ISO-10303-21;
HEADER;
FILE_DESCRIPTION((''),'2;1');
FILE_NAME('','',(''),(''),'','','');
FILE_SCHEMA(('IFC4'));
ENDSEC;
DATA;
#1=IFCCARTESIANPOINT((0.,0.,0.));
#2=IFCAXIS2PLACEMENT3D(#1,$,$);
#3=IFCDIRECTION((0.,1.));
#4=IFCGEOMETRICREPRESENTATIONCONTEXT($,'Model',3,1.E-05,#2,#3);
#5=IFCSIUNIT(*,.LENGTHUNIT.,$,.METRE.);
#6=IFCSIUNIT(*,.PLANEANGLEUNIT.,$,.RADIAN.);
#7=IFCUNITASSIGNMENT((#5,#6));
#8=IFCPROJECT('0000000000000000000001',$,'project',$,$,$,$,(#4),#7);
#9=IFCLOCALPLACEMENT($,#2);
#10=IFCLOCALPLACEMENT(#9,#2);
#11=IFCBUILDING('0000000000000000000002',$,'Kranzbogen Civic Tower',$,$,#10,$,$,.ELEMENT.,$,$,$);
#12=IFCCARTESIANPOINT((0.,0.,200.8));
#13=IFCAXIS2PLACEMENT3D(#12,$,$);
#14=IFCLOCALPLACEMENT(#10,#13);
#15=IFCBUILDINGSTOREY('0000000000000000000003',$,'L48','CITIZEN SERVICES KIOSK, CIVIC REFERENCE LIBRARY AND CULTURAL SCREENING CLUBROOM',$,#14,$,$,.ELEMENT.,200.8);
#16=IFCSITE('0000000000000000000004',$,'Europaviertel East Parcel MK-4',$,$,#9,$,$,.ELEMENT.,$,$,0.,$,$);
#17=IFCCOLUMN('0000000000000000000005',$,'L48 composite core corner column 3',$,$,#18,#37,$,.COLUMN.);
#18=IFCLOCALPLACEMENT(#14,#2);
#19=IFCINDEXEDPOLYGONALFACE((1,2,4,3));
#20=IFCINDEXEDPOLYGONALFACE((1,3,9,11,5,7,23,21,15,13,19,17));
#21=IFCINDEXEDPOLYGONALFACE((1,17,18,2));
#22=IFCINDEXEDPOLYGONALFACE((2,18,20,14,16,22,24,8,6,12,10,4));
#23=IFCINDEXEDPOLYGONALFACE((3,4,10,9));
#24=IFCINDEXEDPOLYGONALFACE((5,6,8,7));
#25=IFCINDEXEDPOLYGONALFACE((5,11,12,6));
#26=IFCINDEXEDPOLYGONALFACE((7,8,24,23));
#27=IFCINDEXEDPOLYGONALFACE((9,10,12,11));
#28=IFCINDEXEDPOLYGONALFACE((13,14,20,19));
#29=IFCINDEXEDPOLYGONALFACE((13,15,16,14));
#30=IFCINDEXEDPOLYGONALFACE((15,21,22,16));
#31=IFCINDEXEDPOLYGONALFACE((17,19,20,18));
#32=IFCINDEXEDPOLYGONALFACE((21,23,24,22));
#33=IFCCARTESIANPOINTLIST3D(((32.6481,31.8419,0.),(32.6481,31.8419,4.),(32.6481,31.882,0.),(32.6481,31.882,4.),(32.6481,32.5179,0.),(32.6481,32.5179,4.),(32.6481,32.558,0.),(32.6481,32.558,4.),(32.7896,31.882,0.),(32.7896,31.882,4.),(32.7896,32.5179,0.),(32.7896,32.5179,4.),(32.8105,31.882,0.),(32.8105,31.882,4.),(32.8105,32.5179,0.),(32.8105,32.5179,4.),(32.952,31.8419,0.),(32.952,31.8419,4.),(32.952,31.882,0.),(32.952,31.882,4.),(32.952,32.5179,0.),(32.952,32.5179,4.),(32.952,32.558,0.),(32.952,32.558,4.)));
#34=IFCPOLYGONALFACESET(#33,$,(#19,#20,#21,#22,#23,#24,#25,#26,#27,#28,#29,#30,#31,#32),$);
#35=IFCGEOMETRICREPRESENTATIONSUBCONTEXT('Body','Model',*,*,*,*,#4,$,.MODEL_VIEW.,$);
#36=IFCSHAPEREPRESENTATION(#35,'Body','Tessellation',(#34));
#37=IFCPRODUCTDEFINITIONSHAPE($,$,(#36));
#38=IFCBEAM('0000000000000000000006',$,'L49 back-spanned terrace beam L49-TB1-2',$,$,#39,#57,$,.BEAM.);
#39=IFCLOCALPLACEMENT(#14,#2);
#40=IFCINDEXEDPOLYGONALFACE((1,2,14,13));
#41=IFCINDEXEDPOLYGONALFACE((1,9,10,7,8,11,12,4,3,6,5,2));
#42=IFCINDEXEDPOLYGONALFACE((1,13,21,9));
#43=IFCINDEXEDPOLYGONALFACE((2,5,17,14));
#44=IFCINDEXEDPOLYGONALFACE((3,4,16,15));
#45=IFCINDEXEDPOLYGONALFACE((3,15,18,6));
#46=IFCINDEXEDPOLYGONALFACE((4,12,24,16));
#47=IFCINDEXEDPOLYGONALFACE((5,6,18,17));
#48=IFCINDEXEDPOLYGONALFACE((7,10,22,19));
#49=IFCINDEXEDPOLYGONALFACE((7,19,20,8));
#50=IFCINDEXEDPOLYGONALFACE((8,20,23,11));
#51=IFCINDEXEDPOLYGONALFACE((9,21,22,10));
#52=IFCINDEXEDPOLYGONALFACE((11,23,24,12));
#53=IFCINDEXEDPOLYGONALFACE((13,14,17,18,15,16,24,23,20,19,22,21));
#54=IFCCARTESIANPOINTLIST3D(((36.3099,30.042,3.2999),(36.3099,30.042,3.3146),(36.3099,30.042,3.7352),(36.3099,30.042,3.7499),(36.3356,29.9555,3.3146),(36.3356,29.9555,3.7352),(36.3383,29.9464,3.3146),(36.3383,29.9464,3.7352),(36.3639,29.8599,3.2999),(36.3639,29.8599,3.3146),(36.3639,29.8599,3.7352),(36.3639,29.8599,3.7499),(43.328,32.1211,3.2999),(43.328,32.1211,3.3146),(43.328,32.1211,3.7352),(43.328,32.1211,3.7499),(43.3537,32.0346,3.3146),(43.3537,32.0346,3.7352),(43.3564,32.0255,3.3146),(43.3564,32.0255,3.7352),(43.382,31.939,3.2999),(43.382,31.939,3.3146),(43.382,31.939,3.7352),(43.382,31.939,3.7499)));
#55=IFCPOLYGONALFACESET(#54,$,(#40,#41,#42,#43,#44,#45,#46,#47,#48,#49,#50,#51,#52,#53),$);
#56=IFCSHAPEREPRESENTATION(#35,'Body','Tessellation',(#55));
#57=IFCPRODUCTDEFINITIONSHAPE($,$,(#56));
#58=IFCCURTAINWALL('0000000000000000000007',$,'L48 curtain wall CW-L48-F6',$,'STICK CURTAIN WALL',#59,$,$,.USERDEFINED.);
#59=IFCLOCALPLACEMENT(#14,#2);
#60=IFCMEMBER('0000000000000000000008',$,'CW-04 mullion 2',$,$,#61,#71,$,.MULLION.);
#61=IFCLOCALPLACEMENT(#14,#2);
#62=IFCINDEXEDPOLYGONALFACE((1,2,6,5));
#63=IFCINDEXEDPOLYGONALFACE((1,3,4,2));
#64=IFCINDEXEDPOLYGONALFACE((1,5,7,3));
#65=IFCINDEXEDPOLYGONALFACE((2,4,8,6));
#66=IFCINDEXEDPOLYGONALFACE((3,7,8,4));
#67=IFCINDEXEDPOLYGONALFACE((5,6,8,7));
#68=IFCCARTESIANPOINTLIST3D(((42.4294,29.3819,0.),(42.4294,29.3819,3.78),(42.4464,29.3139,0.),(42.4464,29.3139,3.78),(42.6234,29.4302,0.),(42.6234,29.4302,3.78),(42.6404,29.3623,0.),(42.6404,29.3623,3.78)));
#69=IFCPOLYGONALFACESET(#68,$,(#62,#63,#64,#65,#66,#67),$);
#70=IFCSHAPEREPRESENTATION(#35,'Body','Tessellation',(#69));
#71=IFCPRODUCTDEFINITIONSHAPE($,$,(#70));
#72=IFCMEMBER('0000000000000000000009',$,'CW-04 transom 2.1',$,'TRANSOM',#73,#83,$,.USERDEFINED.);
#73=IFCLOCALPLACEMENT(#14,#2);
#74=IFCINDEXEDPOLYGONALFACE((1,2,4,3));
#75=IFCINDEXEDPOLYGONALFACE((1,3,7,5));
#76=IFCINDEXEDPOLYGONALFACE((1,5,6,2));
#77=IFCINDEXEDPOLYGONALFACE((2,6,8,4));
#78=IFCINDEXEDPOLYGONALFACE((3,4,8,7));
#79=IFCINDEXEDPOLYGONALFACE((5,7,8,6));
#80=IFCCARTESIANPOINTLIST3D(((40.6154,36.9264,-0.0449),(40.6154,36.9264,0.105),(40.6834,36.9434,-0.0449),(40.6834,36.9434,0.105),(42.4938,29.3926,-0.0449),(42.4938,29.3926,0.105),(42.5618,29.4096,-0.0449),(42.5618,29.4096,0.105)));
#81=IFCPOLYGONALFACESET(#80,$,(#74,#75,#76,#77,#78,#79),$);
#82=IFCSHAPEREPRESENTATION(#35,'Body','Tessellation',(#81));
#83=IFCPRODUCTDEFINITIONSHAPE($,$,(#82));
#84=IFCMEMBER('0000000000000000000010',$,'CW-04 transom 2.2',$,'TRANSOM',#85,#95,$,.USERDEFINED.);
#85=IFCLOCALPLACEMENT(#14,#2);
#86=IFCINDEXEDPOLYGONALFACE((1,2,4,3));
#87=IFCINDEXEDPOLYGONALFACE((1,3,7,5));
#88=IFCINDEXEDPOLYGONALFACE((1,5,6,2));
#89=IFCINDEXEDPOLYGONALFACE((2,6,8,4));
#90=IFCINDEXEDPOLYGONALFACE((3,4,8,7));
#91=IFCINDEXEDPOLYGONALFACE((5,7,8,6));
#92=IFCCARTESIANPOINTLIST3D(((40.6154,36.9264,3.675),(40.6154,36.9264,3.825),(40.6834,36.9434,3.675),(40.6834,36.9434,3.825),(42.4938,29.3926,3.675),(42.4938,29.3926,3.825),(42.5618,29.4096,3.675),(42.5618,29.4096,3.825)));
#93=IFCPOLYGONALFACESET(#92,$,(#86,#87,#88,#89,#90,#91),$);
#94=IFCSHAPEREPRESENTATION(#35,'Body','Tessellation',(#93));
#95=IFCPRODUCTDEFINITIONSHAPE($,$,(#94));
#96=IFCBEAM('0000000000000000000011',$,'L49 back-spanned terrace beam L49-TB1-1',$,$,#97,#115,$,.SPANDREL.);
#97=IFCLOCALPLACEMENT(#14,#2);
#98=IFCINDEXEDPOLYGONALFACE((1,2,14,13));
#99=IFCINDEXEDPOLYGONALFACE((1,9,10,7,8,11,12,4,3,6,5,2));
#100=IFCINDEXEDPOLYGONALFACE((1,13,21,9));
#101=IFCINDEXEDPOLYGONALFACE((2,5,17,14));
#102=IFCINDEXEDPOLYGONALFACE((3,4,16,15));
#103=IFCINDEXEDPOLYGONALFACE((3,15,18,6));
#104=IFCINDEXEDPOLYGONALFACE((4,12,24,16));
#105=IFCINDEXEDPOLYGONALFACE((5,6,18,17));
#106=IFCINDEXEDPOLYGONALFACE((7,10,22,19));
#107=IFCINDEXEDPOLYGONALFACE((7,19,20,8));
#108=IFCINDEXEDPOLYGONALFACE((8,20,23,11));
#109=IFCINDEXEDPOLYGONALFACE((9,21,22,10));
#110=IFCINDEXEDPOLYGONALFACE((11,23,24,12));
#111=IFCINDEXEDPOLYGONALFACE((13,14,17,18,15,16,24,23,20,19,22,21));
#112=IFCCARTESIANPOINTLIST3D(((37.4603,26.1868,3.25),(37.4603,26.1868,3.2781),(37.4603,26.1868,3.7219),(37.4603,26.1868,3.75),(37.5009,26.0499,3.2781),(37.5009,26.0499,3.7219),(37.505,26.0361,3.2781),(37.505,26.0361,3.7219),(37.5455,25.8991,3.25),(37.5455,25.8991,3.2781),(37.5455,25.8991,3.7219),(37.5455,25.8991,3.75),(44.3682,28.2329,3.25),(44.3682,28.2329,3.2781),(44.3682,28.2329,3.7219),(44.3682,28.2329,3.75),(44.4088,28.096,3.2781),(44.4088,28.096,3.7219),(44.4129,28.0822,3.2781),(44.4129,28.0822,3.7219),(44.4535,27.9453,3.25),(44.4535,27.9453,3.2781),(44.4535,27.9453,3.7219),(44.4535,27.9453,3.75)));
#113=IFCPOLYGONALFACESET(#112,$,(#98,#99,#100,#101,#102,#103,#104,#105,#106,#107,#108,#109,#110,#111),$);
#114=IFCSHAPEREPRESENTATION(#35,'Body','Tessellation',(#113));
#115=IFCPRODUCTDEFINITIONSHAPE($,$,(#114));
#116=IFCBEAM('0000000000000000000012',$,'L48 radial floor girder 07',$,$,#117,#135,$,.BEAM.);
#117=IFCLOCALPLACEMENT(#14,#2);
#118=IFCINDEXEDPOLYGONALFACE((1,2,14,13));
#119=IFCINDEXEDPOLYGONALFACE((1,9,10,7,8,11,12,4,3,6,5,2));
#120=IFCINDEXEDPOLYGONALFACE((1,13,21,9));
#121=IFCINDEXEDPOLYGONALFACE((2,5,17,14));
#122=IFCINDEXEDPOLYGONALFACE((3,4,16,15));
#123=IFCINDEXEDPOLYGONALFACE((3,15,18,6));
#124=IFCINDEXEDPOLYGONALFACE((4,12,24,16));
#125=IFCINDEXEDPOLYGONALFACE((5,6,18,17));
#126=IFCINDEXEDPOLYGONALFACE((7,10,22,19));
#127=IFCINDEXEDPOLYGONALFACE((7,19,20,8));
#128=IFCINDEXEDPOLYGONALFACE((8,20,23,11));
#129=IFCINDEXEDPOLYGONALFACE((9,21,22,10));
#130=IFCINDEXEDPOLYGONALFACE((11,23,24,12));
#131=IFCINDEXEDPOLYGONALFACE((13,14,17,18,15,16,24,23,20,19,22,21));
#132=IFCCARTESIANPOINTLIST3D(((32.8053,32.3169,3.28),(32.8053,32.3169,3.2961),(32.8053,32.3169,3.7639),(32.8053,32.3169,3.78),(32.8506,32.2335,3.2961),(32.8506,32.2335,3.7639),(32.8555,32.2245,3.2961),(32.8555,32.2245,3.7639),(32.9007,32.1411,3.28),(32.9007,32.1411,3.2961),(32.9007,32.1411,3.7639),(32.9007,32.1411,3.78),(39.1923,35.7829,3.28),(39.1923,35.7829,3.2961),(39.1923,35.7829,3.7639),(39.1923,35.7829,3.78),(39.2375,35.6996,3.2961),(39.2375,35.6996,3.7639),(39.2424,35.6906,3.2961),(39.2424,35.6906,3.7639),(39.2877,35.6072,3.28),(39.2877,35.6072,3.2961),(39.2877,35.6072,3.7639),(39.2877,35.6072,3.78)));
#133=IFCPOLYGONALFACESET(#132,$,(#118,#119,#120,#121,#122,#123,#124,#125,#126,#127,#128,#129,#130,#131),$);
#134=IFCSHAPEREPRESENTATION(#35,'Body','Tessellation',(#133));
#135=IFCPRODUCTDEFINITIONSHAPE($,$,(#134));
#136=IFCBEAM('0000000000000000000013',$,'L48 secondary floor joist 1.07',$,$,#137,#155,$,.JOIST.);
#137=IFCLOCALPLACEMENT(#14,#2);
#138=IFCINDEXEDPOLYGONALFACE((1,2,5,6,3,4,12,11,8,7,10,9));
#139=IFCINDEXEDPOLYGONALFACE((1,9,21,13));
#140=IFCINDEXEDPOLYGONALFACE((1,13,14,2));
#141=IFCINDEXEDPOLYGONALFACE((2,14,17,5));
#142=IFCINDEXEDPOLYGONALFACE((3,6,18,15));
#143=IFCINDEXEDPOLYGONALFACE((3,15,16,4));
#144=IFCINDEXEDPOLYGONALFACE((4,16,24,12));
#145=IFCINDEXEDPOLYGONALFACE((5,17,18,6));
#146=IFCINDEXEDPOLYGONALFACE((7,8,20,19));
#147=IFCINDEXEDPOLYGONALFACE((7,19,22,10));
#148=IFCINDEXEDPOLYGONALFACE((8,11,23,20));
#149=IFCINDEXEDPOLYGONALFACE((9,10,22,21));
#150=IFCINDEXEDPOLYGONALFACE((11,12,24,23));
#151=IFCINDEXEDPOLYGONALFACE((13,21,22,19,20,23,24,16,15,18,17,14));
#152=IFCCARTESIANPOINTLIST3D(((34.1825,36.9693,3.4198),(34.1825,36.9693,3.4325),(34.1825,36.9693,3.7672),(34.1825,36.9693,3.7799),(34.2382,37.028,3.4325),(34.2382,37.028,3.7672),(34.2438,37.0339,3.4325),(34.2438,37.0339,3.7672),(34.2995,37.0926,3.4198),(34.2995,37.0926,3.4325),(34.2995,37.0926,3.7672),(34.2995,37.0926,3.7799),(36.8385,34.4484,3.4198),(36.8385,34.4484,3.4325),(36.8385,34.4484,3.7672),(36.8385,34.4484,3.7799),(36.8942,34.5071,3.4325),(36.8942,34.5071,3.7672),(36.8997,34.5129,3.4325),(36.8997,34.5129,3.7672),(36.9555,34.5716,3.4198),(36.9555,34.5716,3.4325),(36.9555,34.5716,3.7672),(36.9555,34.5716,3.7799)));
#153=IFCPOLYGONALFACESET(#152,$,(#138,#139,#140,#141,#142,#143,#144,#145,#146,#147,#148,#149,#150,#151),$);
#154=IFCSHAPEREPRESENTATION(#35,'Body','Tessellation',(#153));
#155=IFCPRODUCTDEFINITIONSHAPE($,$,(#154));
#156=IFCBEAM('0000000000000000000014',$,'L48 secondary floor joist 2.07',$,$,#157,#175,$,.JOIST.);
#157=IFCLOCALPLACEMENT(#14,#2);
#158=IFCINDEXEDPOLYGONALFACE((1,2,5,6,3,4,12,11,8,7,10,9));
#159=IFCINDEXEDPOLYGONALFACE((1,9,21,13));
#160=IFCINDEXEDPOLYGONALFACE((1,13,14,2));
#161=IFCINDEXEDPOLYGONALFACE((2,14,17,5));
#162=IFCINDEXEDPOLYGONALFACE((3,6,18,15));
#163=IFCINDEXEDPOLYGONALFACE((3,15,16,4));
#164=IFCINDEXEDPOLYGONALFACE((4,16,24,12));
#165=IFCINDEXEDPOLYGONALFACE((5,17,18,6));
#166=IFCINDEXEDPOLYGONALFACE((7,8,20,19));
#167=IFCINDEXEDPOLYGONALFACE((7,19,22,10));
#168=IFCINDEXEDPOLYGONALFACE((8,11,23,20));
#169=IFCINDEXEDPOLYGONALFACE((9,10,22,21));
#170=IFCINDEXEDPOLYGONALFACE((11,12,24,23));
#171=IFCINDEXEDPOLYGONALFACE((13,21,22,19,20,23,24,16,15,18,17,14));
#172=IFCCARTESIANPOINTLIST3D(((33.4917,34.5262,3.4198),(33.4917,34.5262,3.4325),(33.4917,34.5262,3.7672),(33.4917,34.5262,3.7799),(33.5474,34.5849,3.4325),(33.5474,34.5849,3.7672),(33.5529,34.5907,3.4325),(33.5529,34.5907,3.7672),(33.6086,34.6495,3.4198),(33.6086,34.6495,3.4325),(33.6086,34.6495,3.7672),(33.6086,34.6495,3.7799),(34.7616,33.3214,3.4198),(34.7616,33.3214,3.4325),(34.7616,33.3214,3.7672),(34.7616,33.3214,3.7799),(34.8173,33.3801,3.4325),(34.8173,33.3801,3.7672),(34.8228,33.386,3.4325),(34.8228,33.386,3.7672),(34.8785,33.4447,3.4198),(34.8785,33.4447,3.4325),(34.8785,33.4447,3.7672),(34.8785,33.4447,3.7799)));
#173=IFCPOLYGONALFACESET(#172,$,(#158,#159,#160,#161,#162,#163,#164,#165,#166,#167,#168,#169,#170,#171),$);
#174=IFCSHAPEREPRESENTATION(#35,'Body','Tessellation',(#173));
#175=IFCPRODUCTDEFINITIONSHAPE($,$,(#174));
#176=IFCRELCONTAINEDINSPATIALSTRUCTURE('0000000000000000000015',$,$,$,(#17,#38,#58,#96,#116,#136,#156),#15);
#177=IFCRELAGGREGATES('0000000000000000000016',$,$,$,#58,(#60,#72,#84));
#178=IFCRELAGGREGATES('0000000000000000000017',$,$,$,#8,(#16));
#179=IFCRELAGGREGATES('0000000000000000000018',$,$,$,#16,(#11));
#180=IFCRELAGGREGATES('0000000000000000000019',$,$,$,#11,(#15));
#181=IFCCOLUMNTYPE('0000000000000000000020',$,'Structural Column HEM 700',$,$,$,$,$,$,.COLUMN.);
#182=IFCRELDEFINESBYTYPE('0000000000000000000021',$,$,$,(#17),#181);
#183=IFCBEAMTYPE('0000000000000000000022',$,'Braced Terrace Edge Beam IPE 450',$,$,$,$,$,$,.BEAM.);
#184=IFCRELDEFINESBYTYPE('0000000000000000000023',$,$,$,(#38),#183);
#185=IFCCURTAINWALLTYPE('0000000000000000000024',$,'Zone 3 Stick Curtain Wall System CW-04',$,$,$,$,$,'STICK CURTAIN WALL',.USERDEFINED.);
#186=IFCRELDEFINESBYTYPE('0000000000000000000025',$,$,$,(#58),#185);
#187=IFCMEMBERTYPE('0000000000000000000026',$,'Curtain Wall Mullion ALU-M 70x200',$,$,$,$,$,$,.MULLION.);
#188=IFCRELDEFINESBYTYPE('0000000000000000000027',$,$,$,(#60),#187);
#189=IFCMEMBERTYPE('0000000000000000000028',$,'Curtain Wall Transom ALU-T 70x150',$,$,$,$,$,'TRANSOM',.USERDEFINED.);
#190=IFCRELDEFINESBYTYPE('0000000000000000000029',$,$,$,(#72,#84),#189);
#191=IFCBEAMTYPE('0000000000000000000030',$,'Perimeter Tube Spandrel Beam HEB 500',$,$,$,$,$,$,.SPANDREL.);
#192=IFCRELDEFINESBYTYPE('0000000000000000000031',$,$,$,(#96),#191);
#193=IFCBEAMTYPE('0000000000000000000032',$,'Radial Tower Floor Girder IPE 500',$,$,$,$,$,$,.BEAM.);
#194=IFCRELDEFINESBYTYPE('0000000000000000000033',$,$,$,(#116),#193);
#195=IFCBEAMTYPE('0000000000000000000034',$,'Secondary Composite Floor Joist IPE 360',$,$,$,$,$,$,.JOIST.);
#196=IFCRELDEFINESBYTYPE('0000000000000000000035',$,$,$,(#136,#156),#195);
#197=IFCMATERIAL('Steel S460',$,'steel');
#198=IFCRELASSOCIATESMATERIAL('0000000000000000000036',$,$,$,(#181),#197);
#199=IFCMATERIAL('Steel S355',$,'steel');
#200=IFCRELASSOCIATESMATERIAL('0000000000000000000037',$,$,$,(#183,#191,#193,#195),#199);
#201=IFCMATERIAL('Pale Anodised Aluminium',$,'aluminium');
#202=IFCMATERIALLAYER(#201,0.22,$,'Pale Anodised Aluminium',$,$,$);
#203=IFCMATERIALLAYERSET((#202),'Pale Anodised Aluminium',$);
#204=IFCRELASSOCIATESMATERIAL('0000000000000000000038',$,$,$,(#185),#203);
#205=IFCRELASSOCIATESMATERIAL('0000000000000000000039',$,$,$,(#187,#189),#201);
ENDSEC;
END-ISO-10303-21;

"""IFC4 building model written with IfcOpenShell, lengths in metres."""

from ifc_helpers import new_model, si_unit, direction, frame, origin, origin_2d, place, context, subcontext, project, spatial, rectangle, i_section, extrude, material, layer, layer_set, material_profile, profile_set, type_object, element, aggregate, save


model = new_model("IFC4")

# Units and contexts
model_context = context("Model", 3, precision=1e-05, world=origin(), true_north=direction((0.0, 1.0)))
body_context = subcontext(model_context, "Body", "Model", "MODEL_VIEW")
ifc_project = project(units=[si_unit("LENGTHUNIT", "METRE"), si_unit("PLANEANGLEUNIT", "RADIAN")], contexts=[model_context])

# Site, building, storey
site_placement = place(None, origin())
site = spatial("IfcSite", under=ifc_project, at=site_placement, Name="Europaviertel East Parcel MK-4", CompositionType="ELEMENT", RefElevation=0.0)
building_placement = place(site_placement, origin())
building = spatial("IfcBuilding", under=site, at=building_placement, Name="Kranzbogen Civic Tower", CompositionType="ELEMENT")
storey_placement = place(building_placement, frame((0.0, 0.0, 200.8)))
storey = spatial("IfcBuildingStorey", under=building, at=storey_placement, Name="L48", Description="CITIZEN SERVICES KIOSK, CIVIC REFERENCE LIBRARY AND CULTURAL SCREENING CLUBROOM", CompositionType="ELEMENT", Elevation=200.8)

# Column
ifc_material_1 = material(Name="Steel S460", Category="steel")
ifc_material_profile_1 = material_profile(ifc_material_1, i_section(OverallWidth=0.304, OverallDepth=0.7161, WebThickness=0.021, FlangeThickness=0.04, at=origin_2d()), Name="HEM 700")
ifc_profile_set_1 = profile_set([ifc_material_profile_1], Name="Steel S460")
column_type = type_object("IfcColumnType", Name="Structural Column HEM 700", PredefinedType="COLUMN", material=ifc_profile_set_1)
column_placement = place(storey_placement, frame((32.8, 32.2, 0.0), z_axis=(0.0, 0.0, 1.0), x_axis=(1.0, 0.0, 0.0)))
element("IfcColumn", 1, at=column_placement, inside=storey, type_object=column_type, Name="L48 composite core corner column 3", PredefinedType="COLUMN", context=body_context, shape_type="SweptSolid", body=[
    extrude(i_section(OverallWidth=0.304, OverallDepth=0.7161, WebThickness=0.021, FlangeThickness=0.04, at=origin_2d()), origin(), (0.0, 0.0, 1.0), 4.0),
])

# Beam
ifc_material_2 = material(Name="Steel S355", Category="steel")
ifc_material_profile_2 = material_profile(ifc_material_2, i_section(OverallWidth=0.1899, OverallDepth=0.45, WebThickness=0.0095, FlangeThickness=0.0146, at=origin_2d()), Name="IPE 450")
ifc_profile_set_2 = profile_set([ifc_material_profile_2], Name="Steel S355")
beam_type_1 = type_object("IfcBeamType", Name="Braced Terrace Edge Beam IPE 450", PredefinedType="BEAM", material=ifc_profile_set_2)
beam_1_placement = place(storey_placement, frame((36.3369, 29.9509, 3.5249), z_axis=(0.95881, 0.284047, 0.0), x_axis=(-0.284047, 0.95881, 0.0)))
element("IfcBeam", 2, at=beam_1_placement, inside=storey, type_object=beam_type_1, Name="L49 back-spanned terrace beam L49-TB1-2", PredefinedType="BEAM", context=body_context, shape_type="SweptSolid", body=[
    extrude(i_section(OverallWidth=0.1899, OverallDepth=0.45, WebThickness=0.0095, FlangeThickness=0.0146, at=origin_2d()), origin(), (0.0, 0.0, 1.0), 7.3196),
])

# Curtain wall, members
ifc_material_3 = material(Name="Pale Anodised Aluminium", Category="aluminium")
ifc_layer_1 = layer(ifc_material_3, 0.22, Name="Pale Anodised Aluminium")
ifc_layer_set_1 = layer_set([ifc_layer_1], Name="Pale Anodised Aluminium")
curtain_wall_type = type_object("IfcCurtainWallType", Name="Zone 3 Stick Curtain Wall System CW-04", ElementType="STICK CURTAIN WALL", PredefinedType="USERDEFINED", material=ifc_layer_set_1)
curtain_wall_placement = place(storey_placement, origin())
curtain_wall = element("IfcCurtainWall", 3, at=curtain_wall_placement, inside=storey, type_object=curtain_wall_type, Name="L48 curtain wall CW-L48-F6", ObjectType="STICK CURTAIN WALL", PredefinedType="USERDEFINED")
ifc_material_profile_3 = material_profile(ifc_material_3, rectangle(XDim=0.0701, YDim=0.2, at=origin_2d()), Name="ALU-M 70x200")
ifc_profile_set_3 = profile_set([ifc_material_profile_3], Name="Pale Anodised Aluminium")
member_type_1 = type_object("IfcMemberType", Name="Curtain Wall Mullion ALU-M 70x200", PredefinedType="MULLION", material=ifc_profile_set_3)
member_1_placement = place(storey_placement, frame((42.5349, 29.3721, 0.0), z_axis=(0.0, 0.0, 1.0), x_axis=(-0.241906, 0.9703, 0.0)))
member_1 = element("IfcMember", 4, at=member_1_placement, type_object=member_type_1, Name="CW-04 mullion 2", PredefinedType="MULLION", context=body_context, shape_type="SweptSolid", body=[
    extrude(rectangle(XDim=0.0701, YDim=0.2, at=origin_2d()), origin(), (0.0, 0.0, 1.0), 3.78),
])
ifc_material_profile_4 = material_profile(ifc_material_3, rectangle(XDim=0.0701, YDim=0.1499, at=origin_2d()), Name="ALU-T 70x150")
ifc_profile_set_4 = profile_set([ifc_material_profile_4], Name="Pale Anodised Aluminium")
member_type_2 = type_object("IfcMemberType", Name="Curtain Wall Transom ALU-T 70x150", ElementType="TRANSOM", PredefinedType="USERDEFINED", material=ifc_profile_set_4)
member_2_placement = place(storey_placement, frame((42.5278, 29.4011, 0.03), z_axis=(-0.241929, 0.970294, 0.0), x_axis=(-0.970294, -0.241929, 0.0)))
member_2 = element("IfcMember", 5, at=member_2_placement, type_object=member_type_2, Name="CW-04 transom 2.1", ObjectType="TRANSOM", PredefinedType="USERDEFINED", context=body_context, shape_type="SweptSolid", body=[
    extrude(rectangle(XDim=0.0701, YDim=0.1499, at=origin_2d()), origin(), (0.0, 0.0, 1.0), 7.7644),
])
member_3_placement = place(storey_placement, frame((42.5278, 29.4011, 3.75), z_axis=(-0.241929, 0.970294, 0.0), x_axis=(-0.970294, -0.241929, 0.0)))
member_3 = element("IfcMember", 6, at=member_3_placement, type_object=member_type_2, Name="CW-04 transom 2.2", ObjectType="TRANSOM", PredefinedType="USERDEFINED", context=body_context, shape_type="SweptSolid", body=[
    extrude(rectangle(XDim=0.0701, YDim=0.1499, at=origin_2d()), origin(), (0.0, 0.0, 1.0), 7.7644),
])

# Beams
ifc_material_profile_5 = material_profile(ifc_material_2, i_section(OverallWidth=0.3, OverallDepth=0.5, WebThickness=0.0144, FlangeThickness=0.0281, at=origin_2d()), Name="HEB 500")
ifc_profile_set_5 = profile_set([ifc_material_profile_5], Name="Steel S355")
beam_type_2 = type_object("IfcBeamType", Name="Perimeter Tube Spandrel Beam HEB 500", PredefinedType="SPANDREL", material=ifc_profile_set_5)
beam_2_placement = place(storey_placement, frame((37.5029, 26.043, 3.5), z_axis=(0.958823, 0.284004, 0.0), x_axis=(-0.284004, 0.958823, 0.0)))
element("IfcBeam", 7, at=beam_2_placement, inside=storey, type_object=beam_type_2, Name="L49 back-spanned terrace beam L49-TB1-1", PredefinedType="SPANDREL", context=body_context, shape_type="SweptSolid", body=[
    extrude(i_section(OverallWidth=0.3, OverallDepth=0.5, WebThickness=0.0144, FlangeThickness=0.0281, at=origin_2d()), origin(), (0.0, 0.0, 1.0), 7.2046),
])
ifc_material_profile_6 = material_profile(ifc_material_2, i_section(OverallWidth=0.2, OverallDepth=0.5, WebThickness=0.0103, FlangeThickness=0.0161, at=origin_2d()), Name="IPE 500")
ifc_profile_set_6 = profile_set([ifc_material_profile_6], Name="Steel S355")
beam_type_3 = type_object("IfcBeamType", Name="Radial Tower Floor Girder IPE 500", PredefinedType="BEAM", material=ifc_profile_set_6)
beam_3_placement = place(storey_placement, frame((39.24, 35.6951, 3.53), z_axis=(-0.878919, -0.47697, 0.0), x_axis=(0.47697, -0.878919, 0.0)))
element("IfcBeam", 8, at=beam_3_placement, inside=storey, type_object=beam_type_3, Name="L48 radial floor girder 07", PredefinedType="BEAM", context=body_context, shape_type="SweptSolid", body=[
    extrude(i_section(OverallWidth=0.2, OverallDepth=0.5, WebThickness=0.0103, FlangeThickness=0.0161, at=origin_2d()), origin(), (0.0, 0.0, 1.0), 7.2668),
])
ifc_material_profile_7 = material_profile(ifc_material_2, i_section(OverallWidth=0.1699, OverallDepth=0.3601, WebThickness=0.0081, FlangeThickness=0.0127, at=origin_2d()), Name="IPE 360")
ifc_profile_set_7 = profile_set([ifc_material_profile_7], Name="Steel S355")
beam_type_4 = type_object("IfcBeamType", Name="Secondary Composite Floor Joist IPE 360", PredefinedType="JOIST", material=ifc_profile_set_7)
beam_4_placement = place(storey_placement, frame((36.897, 34.51, 3.5999), z_axis=(-0.725301, 0.688432, 0.0), x_axis=(-0.688432, -0.725301, 0.0)))
element("IfcBeam", 9, at=beam_4_placement, inside=storey, type_object=beam_type_4, Name="L48 secondary floor joist 1.07", PredefinedType="JOIST", context=body_context, shape_type="SweptSolid", body=[
    extrude(i_section(OverallWidth=0.1699, OverallDepth=0.3601, WebThickness=0.0081, FlangeThickness=0.0127, at=origin_2d()), origin(), (0.0, 0.0, 1.0), 3.6619),
])
beam_5_placement = place(storey_placement, frame((34.8201, 33.3831, 3.5999), z_axis=(-0.72548, 0.688243, 0.0), x_axis=(-0.688243, -0.72548, 0.0)))
element("IfcBeam", 10, at=beam_5_placement, inside=storey, type_object=beam_type_4, Name="L48 secondary floor joist 2.07", PredefinedType="JOIST", context=body_context, shape_type="SweptSolid", body=[
    extrude(i_section(OverallWidth=0.1699, OverallDepth=0.3601, WebThickness=0.0081, FlangeThickness=0.0127, at=origin_2d()), origin(), (0.0, 0.0, 1.0), 1.7505),
])

aggregate(curtain_wall, [member_1, member_2, member_3])

save(model, "model.ifc")
